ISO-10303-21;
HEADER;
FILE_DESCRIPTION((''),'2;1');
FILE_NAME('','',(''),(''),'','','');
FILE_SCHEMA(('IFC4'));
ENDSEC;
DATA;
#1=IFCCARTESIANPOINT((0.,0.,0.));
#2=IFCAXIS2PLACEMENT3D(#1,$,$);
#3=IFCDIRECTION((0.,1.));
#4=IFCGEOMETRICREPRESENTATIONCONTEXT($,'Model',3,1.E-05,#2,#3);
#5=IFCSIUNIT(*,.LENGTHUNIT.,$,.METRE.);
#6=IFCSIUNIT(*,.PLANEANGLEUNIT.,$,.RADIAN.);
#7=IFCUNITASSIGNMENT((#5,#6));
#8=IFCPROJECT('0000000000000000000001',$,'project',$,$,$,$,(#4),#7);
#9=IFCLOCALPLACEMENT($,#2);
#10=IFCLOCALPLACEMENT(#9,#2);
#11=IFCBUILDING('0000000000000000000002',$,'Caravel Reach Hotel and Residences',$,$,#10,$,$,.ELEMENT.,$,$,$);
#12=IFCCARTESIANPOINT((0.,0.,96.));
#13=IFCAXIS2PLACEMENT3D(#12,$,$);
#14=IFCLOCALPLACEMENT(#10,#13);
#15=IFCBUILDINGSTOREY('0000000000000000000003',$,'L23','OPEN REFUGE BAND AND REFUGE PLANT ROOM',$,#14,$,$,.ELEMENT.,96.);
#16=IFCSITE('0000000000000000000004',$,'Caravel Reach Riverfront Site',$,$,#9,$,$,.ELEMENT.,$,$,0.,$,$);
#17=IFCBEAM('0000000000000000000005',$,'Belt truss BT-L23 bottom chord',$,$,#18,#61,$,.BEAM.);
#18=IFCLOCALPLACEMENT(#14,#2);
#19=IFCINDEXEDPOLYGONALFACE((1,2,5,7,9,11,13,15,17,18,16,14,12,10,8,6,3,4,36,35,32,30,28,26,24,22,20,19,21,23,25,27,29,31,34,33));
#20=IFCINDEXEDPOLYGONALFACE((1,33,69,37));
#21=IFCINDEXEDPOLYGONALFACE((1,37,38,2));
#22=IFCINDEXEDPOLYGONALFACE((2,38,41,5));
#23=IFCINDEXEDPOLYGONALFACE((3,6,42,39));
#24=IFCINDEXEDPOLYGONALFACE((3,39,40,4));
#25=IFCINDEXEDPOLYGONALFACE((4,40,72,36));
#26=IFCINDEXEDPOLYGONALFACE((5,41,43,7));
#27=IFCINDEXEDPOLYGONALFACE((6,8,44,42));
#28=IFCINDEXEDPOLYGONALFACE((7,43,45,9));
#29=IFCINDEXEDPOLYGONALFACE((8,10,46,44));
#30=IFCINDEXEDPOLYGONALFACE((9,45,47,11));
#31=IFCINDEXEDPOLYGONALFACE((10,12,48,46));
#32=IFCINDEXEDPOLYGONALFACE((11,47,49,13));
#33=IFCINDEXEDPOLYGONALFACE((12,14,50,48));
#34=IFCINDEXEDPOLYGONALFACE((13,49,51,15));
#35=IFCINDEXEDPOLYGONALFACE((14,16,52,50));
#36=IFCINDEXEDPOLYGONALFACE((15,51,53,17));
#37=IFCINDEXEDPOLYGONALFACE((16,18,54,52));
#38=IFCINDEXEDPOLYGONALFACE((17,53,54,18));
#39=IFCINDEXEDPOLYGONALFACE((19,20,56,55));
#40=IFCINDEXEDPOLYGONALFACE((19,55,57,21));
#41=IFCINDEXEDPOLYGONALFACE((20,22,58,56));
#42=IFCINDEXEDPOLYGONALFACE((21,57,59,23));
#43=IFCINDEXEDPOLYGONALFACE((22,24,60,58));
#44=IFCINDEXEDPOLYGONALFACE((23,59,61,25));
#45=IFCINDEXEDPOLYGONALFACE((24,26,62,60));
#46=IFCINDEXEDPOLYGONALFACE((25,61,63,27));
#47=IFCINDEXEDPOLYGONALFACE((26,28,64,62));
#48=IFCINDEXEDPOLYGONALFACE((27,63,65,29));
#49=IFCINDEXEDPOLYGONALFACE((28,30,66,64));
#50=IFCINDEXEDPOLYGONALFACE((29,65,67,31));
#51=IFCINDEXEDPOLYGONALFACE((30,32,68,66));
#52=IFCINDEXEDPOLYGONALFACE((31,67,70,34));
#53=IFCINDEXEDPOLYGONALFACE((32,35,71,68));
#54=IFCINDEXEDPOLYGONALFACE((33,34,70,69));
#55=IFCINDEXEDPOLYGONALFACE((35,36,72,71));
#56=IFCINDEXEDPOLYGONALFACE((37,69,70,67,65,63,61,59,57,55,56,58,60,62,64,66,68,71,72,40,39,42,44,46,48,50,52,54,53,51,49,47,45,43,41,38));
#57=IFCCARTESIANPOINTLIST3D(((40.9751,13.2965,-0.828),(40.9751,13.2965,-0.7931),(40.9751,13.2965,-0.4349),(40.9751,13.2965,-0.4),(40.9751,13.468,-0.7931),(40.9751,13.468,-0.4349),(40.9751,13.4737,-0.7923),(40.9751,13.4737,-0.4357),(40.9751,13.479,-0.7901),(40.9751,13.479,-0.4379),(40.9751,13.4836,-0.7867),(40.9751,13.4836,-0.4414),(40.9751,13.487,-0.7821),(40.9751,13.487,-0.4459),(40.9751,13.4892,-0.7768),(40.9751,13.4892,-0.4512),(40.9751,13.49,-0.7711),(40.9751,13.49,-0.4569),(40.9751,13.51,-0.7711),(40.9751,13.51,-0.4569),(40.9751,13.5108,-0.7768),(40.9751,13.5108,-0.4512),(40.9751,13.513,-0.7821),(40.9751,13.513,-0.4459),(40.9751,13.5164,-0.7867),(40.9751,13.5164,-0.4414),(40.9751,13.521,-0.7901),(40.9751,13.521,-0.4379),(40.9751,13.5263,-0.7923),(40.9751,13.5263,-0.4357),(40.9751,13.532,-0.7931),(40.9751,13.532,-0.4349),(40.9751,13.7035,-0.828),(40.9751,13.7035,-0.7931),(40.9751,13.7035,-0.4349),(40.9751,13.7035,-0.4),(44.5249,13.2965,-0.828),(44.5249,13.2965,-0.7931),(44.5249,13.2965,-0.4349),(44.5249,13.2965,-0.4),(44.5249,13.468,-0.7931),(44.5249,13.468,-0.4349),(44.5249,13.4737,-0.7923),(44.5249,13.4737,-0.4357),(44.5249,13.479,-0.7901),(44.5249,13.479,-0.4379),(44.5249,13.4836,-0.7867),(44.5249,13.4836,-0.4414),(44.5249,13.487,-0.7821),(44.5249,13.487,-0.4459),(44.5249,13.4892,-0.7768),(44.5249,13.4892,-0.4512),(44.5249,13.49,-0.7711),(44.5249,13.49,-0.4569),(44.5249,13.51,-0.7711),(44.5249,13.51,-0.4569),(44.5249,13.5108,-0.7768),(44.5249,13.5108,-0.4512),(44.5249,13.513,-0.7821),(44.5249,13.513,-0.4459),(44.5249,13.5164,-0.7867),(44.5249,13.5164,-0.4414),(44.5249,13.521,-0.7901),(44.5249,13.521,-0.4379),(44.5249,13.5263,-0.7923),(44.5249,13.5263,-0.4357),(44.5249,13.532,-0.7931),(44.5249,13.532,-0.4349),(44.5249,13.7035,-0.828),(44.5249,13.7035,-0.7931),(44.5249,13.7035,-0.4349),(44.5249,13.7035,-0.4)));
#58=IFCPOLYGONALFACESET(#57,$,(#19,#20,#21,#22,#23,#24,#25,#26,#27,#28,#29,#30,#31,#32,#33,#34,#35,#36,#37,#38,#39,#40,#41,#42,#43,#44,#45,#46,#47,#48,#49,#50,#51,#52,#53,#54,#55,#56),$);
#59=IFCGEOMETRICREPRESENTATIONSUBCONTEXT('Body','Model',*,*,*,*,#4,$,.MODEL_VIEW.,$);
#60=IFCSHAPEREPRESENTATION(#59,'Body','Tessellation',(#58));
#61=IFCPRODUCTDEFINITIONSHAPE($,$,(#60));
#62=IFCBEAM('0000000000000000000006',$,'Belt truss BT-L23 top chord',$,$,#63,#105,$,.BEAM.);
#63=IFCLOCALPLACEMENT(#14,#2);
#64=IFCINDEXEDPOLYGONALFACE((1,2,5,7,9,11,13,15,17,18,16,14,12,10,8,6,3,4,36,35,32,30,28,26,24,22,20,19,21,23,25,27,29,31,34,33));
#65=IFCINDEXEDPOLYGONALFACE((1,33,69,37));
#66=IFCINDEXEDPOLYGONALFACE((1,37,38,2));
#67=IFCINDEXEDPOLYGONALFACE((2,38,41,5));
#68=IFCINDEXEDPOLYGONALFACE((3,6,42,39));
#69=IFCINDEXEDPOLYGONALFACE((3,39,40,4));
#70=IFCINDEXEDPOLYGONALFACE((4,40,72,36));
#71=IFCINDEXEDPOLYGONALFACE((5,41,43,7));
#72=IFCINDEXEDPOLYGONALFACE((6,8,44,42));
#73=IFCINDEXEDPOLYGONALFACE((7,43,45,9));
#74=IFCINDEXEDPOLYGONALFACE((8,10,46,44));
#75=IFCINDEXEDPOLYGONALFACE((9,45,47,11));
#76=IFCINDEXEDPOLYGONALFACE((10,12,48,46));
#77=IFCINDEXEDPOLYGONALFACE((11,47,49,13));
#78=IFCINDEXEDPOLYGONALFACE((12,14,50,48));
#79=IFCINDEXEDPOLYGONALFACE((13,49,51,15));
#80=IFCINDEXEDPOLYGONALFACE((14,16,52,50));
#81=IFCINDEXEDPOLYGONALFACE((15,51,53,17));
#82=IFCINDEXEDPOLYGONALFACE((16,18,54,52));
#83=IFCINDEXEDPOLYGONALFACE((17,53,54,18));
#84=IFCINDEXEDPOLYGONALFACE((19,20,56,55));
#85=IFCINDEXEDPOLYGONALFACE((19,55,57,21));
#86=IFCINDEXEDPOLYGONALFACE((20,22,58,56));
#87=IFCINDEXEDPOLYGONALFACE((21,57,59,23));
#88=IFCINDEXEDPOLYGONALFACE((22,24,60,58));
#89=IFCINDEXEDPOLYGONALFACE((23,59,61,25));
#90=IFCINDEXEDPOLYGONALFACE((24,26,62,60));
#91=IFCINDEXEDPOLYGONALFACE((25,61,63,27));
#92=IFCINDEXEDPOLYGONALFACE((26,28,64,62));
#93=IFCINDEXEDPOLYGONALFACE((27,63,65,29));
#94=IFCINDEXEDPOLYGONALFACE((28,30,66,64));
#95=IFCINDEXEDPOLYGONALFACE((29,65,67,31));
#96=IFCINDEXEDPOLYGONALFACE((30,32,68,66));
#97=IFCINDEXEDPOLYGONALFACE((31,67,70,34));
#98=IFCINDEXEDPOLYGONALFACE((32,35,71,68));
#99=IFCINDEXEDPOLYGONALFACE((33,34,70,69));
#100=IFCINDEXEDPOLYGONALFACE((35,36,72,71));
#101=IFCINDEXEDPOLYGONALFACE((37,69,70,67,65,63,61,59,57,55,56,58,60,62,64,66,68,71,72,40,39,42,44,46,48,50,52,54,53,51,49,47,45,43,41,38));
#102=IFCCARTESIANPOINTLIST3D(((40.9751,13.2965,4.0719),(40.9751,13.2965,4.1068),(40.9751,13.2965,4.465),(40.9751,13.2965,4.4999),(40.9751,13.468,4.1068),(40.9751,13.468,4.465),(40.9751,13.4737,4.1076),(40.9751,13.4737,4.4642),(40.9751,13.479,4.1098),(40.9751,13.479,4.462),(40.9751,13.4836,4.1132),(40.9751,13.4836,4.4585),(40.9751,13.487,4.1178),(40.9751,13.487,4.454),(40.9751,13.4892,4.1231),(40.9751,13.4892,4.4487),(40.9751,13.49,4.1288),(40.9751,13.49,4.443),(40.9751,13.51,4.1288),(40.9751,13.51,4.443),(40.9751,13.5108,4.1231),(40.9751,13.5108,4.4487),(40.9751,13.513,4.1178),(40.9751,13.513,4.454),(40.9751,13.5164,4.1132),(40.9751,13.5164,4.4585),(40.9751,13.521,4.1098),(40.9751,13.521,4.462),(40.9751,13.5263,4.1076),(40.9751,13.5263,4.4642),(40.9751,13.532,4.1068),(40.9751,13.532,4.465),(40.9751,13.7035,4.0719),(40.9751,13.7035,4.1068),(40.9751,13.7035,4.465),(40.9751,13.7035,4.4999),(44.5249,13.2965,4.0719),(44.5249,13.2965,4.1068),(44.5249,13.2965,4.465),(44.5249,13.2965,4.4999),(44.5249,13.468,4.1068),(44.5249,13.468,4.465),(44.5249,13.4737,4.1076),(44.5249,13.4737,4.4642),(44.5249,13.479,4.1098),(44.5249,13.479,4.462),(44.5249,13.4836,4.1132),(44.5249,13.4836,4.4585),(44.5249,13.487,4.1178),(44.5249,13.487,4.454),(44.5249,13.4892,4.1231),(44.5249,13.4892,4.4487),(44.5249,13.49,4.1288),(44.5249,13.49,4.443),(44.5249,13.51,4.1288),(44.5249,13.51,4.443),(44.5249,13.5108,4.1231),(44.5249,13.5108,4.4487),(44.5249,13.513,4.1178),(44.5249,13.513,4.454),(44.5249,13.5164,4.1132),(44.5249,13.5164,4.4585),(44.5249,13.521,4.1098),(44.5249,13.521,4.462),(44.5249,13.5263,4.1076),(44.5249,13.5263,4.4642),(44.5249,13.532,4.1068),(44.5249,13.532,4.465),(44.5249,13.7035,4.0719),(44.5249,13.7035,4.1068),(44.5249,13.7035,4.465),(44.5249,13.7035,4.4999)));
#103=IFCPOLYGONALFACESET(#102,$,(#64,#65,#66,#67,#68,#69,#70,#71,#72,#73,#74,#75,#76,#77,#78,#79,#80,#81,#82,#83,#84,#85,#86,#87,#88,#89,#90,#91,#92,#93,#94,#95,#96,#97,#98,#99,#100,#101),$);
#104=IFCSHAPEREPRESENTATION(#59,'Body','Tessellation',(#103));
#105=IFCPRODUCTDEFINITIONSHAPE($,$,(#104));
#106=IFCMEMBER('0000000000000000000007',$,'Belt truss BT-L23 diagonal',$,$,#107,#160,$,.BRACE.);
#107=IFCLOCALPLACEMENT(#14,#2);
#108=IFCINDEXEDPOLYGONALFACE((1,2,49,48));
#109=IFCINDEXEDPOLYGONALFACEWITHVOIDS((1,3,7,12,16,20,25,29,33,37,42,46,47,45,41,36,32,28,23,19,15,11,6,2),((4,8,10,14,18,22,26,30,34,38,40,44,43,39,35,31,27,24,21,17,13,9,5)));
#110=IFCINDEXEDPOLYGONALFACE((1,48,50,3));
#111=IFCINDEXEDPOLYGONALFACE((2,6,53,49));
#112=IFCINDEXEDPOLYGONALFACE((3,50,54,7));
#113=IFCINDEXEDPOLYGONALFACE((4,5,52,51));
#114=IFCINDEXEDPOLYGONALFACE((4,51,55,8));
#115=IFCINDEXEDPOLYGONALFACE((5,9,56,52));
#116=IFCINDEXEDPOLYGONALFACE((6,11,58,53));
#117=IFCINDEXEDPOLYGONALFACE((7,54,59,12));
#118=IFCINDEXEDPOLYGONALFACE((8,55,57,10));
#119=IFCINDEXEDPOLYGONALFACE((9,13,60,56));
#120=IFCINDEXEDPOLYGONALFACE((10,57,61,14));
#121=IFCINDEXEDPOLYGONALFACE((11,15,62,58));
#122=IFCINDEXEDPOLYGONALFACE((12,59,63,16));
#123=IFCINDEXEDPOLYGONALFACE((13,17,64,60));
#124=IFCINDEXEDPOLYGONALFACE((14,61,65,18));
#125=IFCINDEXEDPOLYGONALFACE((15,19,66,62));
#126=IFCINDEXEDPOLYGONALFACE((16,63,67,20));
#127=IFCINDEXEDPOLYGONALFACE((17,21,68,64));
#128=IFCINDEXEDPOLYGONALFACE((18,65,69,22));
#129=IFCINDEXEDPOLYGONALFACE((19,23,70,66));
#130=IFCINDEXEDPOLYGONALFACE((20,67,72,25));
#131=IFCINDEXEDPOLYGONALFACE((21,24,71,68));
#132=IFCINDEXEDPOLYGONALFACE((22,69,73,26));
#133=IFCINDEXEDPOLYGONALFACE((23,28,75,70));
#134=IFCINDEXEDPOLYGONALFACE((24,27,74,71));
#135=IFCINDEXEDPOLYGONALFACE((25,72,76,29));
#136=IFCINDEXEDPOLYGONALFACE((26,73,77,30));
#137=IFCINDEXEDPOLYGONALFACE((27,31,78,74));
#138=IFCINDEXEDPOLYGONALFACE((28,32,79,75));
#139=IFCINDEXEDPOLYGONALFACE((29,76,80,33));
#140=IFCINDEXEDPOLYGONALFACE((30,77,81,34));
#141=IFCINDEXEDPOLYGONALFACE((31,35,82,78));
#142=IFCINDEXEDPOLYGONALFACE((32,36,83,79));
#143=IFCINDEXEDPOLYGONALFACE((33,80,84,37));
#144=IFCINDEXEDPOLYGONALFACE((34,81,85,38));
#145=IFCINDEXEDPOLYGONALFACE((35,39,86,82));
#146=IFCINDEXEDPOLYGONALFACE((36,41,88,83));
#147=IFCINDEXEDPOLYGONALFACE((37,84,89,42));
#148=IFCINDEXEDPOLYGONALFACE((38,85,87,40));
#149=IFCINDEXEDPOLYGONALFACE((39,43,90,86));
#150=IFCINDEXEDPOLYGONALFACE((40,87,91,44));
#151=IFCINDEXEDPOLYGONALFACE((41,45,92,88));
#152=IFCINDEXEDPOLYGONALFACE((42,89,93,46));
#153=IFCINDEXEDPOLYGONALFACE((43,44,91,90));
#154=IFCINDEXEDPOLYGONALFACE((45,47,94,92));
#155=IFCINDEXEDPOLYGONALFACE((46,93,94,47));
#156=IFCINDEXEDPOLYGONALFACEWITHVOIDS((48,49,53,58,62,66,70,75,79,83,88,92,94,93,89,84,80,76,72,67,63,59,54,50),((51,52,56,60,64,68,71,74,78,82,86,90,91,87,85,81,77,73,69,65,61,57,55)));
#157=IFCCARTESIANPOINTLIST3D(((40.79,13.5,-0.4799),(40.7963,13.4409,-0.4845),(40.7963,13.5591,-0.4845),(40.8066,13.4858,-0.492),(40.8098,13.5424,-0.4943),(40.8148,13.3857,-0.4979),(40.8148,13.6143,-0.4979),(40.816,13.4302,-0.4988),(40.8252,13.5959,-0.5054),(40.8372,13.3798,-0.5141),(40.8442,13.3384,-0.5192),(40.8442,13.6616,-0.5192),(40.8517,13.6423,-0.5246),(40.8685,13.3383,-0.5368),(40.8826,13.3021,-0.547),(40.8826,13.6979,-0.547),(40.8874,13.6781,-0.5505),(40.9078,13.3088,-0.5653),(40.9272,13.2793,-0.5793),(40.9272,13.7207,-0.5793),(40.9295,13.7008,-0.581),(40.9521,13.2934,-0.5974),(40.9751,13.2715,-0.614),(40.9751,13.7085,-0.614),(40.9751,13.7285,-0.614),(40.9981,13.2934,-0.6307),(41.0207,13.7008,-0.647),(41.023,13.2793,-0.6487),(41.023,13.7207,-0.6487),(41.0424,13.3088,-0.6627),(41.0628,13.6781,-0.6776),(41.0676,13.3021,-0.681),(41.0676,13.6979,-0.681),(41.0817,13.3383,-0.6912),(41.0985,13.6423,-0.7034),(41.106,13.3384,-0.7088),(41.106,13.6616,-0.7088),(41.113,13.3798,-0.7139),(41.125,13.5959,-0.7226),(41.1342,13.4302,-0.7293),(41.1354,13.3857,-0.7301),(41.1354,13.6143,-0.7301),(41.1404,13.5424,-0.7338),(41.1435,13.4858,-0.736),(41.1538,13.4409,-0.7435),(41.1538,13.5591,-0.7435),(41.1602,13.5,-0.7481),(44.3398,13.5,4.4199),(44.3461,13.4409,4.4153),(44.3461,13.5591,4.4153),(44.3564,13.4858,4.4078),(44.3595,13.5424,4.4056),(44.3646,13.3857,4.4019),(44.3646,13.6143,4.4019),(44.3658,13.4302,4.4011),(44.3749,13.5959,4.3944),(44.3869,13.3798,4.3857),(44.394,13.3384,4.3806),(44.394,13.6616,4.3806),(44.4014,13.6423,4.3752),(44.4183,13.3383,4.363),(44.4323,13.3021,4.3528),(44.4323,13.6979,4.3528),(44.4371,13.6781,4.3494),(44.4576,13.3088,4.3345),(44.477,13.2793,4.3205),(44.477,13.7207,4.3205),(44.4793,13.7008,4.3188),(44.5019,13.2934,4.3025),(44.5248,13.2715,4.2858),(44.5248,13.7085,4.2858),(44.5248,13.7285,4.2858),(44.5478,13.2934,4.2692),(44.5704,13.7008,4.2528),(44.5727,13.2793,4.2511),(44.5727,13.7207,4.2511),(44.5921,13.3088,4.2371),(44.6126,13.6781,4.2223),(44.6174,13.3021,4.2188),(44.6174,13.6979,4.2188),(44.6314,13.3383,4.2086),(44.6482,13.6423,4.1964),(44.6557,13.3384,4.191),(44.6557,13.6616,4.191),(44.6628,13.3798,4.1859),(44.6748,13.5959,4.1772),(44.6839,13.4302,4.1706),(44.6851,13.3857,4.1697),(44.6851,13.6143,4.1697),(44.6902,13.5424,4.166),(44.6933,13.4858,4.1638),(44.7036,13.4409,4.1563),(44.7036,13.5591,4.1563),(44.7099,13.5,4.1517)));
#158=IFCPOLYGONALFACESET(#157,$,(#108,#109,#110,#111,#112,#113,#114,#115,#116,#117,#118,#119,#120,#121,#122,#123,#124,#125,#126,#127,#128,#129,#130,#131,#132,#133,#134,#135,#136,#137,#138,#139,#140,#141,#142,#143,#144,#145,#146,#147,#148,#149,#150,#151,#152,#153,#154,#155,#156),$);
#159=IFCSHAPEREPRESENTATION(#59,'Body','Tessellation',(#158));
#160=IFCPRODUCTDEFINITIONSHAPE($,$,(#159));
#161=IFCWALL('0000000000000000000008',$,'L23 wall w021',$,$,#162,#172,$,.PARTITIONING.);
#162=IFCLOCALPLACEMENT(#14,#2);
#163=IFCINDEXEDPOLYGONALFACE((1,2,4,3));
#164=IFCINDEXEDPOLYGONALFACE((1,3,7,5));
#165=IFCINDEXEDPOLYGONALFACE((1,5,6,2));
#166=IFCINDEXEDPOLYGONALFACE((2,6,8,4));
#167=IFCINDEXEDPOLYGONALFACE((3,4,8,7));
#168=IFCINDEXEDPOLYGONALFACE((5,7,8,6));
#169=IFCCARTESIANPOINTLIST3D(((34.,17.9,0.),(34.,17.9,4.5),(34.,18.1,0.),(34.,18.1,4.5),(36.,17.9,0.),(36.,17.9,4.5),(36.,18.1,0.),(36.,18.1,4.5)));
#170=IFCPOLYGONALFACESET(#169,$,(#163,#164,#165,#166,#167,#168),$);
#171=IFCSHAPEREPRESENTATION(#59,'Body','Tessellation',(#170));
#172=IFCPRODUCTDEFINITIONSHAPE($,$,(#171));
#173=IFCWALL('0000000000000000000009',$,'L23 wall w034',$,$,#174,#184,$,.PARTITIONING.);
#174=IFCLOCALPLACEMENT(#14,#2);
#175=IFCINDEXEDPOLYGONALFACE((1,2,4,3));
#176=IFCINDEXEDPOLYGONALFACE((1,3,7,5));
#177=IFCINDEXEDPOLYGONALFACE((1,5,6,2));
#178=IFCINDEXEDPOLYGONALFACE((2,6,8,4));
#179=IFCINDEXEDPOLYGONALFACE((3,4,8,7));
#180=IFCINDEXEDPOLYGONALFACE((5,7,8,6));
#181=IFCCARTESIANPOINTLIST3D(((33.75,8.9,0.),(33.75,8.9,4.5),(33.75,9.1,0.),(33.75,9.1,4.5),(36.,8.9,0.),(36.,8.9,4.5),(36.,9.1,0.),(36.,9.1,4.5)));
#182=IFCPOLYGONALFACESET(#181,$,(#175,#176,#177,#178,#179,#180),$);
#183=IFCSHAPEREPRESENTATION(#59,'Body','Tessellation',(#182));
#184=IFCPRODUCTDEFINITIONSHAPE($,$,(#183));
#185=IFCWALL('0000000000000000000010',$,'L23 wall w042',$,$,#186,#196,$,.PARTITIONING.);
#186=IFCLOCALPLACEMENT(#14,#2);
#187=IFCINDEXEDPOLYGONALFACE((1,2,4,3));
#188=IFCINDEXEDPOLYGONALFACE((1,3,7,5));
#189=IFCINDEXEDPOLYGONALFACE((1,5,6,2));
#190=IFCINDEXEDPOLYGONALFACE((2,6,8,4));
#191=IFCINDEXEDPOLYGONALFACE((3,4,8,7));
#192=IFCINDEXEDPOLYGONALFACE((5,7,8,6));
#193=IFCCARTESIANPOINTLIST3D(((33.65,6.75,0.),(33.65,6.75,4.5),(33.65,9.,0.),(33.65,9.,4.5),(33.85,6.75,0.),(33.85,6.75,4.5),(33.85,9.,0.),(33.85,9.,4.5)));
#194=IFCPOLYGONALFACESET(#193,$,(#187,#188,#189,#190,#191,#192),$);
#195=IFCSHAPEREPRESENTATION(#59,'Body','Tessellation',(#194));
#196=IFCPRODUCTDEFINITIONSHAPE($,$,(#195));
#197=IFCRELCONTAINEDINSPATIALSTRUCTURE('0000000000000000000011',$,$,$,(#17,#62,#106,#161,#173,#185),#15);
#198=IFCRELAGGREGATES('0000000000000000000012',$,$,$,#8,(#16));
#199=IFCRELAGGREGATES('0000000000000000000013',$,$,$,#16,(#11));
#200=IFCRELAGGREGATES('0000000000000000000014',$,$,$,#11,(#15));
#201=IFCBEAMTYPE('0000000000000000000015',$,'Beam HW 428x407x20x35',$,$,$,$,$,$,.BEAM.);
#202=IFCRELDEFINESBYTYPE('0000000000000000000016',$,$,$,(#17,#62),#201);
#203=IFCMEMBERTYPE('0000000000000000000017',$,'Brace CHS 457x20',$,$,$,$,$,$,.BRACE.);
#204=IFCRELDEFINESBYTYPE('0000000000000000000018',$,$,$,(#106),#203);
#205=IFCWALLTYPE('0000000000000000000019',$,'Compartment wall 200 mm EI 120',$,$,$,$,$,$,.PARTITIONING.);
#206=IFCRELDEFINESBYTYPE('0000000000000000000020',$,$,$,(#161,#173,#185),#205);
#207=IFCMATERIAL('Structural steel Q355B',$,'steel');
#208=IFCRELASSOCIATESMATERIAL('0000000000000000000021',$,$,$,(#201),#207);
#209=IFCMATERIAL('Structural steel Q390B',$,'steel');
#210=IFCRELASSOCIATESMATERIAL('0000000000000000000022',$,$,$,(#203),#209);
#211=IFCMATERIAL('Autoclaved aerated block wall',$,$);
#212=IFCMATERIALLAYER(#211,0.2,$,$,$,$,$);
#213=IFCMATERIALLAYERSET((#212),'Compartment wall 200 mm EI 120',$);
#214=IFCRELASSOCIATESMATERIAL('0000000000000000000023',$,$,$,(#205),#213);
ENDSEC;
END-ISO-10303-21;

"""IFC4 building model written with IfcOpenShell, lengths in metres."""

from ifc_helpers import new_model, si_unit, direction, frame, frame_2d, origin, origin_2d, place, context, subcontext, project, spatial, rectangle, hollow_circle, i_section, extrude, material, layer, layer_set, material_profile, profile_set, type_object, element, save


model = new_model("IFC4")

# Units and contexts
model_context = context("Model", 3, precision=1e-05, world=origin(), true_north=direction((0.0, 1.0)))
body_context = subcontext(model_context, "Body", "Model", "MODEL_VIEW")
ifc_project = project(units=[si_unit("LENGTHUNIT", "METRE"), si_unit("PLANEANGLEUNIT", "RADIAN")], contexts=[model_context])

# Site, building, storey
site_placement = place(None, origin())
site = spatial("IfcSite", under=ifc_project, at=site_placement, Name="Caravel Reach Riverfront Site", CompositionType="ELEMENT", RefElevation=0.0)
building_placement = place(site_placement, origin())
building = spatial("IfcBuilding", under=site, at=building_placement, Name="Caravel Reach Hotel and Residences", CompositionType="ELEMENT")
storey_placement = place(building_placement, frame((0.0, 0.0, 96.0)))
storey = spatial("IfcBuildingStorey", under=building, at=storey_placement, Name="L23", Description="OPEN REFUGE BAND AND REFUGE PLANT ROOM", CompositionType="ELEMENT", Elevation=96.0)

# Beams
ifc_material_1 = material(Name="Structural steel Q355B", Category="steel")
ifc_material_profile_1 = material_profile(ifc_material_1, i_section(OverallWidth=0.407, OverallDepth=0.428, WebThickness=0.02, FlangeThickness=0.0349, FilletRadius=0.022, at=origin_2d()), Name="HW 428x407x20x35")
ifc_profile_set_1 = profile_set([ifc_material_profile_1], Name="Structural steel Q355B")
beam_type_1 = type_object("IfcBeamType", Name="Beam HW 428x407x20x35", PredefinedType="BEAM", material=ifc_profile_set_1)
for number, where, z_axis, x_axis, name in (
    (1, (40.9751, 13.5, -0.614), (1.0, 0.0, 0.0), (0.0, 1.0, 0.0), "Belt truss BT-L23 bottom chord"),
    (2, (40.9751, 13.5, 4.2859), (1.0, 0.0, 0.0), (0.0, 1.0, 0.0), "Belt truss BT-L23 top chord"),
):
    element("IfcBeam", number, at=place(storey_placement, frame(where, z_axis=z_axis, x_axis=x_axis)), inside=storey, type_object=beam_type_1, Name=name, PredefinedType="BEAM", context=body_context, shape_type="SweptSolid", body=[
        extrude(i_section(OverallWidth=0.407, OverallDepth=0.428, WebThickness=0.02, FlangeThickness=0.0349, FilletRadius=0.022, at=origin_2d()), origin(), (0.0, 0.0, 1.0), 3.5498),
    ])

# Member
ifc_material_2 = material(Name="Structural steel Q390B", Category="steel")
ifc_material_profile_2 = material_profile(ifc_material_2, hollow_circle(Radius=0.2285, WallThickness=0.02, at=origin_2d()), Name="CHS 457x20")
ifc_profile_set_2 = profile_set([ifc_material_profile_2], Name="Structural steel Q390B")
member_type = type_object("IfcMemberType", Name="Brace CHS 457x20", PredefinedType="BRACE", material=ifc_profile_set_2)
member_placement = place(storey_placement, frame((40.9751, 13.5, -0.614), z_axis=(0.586683, 0.0, 0.809817), x_axis=(0.0, 1.0, 0.0)))
element("IfcMember", 3, at=member_placement, inside=storey, type_object=member_type, Name="Belt truss BT-L23 diagonal", PredefinedType="BRACE", context=body_context, shape_type="SweptSolid", body=[
    extrude(hollow_circle(Radius=0.2285, WallThickness=0.02, at=origin_2d()), origin(), (0.0, 0.0, 1.0), 6.0505),
])

# Walls
ifc_material_3 = material(Name="Autoclaved aerated block wall")
ifc_layer_1 = layer(ifc_material_3, 0.2)
ifc_layer_set_1 = layer_set([ifc_layer_1], Name="Compartment wall 200 mm EI 120")
wall_type_1 = type_object("IfcWallType", Name="Compartment wall 200 mm EI 120", PredefinedType="PARTITIONING", material=ifc_layer_set_1)
wall_1_placement = place(storey_placement, frame((34.0, 18.0, 0.0), z_axis=(0.0, 0.0, 1.0), x_axis=(1.0, 0.0, 0.0)))
element("IfcWall", 4, at=wall_1_placement, inside=storey, type_object=wall_type_1, Name="L23 wall w021", PredefinedType="PARTITIONING", context=body_context, shape_type="SweptSolid", body=[
    extrude(rectangle(XDim=2.0, YDim=0.2, at=frame_2d((1.0, 0.0))), origin(), (0.0, 0.0, 1.0), 4.5),
])
for number, where, z_axis, x_axis, name in (
    (5, (33.75, 9.0, 0.0), (0.0, 0.0, 1.0), (1.0, 0.0, 0.0), "L23 wall w034"),
    (6, (33.75, 6.75, 0.0), (0.0, 0.0, 1.0), (0.0, 1.0, 0.0), "L23 wall w042"),
):
    element("IfcWall", number, at=place(storey_placement, frame(where, z_axis=z_axis, x_axis=x_axis)), inside=storey, type_object=wall_type_1, Name=name, PredefinedType="PARTITIONING", context=body_context, shape_type="SweptSolid", body=[
        extrude(rectangle(XDim=2.25, YDim=0.2, at=frame_2d((1.125, 0.0))), origin(), (0.0, 0.0, 1.0), 4.5),
    ])

save(model, "model.ifc")
